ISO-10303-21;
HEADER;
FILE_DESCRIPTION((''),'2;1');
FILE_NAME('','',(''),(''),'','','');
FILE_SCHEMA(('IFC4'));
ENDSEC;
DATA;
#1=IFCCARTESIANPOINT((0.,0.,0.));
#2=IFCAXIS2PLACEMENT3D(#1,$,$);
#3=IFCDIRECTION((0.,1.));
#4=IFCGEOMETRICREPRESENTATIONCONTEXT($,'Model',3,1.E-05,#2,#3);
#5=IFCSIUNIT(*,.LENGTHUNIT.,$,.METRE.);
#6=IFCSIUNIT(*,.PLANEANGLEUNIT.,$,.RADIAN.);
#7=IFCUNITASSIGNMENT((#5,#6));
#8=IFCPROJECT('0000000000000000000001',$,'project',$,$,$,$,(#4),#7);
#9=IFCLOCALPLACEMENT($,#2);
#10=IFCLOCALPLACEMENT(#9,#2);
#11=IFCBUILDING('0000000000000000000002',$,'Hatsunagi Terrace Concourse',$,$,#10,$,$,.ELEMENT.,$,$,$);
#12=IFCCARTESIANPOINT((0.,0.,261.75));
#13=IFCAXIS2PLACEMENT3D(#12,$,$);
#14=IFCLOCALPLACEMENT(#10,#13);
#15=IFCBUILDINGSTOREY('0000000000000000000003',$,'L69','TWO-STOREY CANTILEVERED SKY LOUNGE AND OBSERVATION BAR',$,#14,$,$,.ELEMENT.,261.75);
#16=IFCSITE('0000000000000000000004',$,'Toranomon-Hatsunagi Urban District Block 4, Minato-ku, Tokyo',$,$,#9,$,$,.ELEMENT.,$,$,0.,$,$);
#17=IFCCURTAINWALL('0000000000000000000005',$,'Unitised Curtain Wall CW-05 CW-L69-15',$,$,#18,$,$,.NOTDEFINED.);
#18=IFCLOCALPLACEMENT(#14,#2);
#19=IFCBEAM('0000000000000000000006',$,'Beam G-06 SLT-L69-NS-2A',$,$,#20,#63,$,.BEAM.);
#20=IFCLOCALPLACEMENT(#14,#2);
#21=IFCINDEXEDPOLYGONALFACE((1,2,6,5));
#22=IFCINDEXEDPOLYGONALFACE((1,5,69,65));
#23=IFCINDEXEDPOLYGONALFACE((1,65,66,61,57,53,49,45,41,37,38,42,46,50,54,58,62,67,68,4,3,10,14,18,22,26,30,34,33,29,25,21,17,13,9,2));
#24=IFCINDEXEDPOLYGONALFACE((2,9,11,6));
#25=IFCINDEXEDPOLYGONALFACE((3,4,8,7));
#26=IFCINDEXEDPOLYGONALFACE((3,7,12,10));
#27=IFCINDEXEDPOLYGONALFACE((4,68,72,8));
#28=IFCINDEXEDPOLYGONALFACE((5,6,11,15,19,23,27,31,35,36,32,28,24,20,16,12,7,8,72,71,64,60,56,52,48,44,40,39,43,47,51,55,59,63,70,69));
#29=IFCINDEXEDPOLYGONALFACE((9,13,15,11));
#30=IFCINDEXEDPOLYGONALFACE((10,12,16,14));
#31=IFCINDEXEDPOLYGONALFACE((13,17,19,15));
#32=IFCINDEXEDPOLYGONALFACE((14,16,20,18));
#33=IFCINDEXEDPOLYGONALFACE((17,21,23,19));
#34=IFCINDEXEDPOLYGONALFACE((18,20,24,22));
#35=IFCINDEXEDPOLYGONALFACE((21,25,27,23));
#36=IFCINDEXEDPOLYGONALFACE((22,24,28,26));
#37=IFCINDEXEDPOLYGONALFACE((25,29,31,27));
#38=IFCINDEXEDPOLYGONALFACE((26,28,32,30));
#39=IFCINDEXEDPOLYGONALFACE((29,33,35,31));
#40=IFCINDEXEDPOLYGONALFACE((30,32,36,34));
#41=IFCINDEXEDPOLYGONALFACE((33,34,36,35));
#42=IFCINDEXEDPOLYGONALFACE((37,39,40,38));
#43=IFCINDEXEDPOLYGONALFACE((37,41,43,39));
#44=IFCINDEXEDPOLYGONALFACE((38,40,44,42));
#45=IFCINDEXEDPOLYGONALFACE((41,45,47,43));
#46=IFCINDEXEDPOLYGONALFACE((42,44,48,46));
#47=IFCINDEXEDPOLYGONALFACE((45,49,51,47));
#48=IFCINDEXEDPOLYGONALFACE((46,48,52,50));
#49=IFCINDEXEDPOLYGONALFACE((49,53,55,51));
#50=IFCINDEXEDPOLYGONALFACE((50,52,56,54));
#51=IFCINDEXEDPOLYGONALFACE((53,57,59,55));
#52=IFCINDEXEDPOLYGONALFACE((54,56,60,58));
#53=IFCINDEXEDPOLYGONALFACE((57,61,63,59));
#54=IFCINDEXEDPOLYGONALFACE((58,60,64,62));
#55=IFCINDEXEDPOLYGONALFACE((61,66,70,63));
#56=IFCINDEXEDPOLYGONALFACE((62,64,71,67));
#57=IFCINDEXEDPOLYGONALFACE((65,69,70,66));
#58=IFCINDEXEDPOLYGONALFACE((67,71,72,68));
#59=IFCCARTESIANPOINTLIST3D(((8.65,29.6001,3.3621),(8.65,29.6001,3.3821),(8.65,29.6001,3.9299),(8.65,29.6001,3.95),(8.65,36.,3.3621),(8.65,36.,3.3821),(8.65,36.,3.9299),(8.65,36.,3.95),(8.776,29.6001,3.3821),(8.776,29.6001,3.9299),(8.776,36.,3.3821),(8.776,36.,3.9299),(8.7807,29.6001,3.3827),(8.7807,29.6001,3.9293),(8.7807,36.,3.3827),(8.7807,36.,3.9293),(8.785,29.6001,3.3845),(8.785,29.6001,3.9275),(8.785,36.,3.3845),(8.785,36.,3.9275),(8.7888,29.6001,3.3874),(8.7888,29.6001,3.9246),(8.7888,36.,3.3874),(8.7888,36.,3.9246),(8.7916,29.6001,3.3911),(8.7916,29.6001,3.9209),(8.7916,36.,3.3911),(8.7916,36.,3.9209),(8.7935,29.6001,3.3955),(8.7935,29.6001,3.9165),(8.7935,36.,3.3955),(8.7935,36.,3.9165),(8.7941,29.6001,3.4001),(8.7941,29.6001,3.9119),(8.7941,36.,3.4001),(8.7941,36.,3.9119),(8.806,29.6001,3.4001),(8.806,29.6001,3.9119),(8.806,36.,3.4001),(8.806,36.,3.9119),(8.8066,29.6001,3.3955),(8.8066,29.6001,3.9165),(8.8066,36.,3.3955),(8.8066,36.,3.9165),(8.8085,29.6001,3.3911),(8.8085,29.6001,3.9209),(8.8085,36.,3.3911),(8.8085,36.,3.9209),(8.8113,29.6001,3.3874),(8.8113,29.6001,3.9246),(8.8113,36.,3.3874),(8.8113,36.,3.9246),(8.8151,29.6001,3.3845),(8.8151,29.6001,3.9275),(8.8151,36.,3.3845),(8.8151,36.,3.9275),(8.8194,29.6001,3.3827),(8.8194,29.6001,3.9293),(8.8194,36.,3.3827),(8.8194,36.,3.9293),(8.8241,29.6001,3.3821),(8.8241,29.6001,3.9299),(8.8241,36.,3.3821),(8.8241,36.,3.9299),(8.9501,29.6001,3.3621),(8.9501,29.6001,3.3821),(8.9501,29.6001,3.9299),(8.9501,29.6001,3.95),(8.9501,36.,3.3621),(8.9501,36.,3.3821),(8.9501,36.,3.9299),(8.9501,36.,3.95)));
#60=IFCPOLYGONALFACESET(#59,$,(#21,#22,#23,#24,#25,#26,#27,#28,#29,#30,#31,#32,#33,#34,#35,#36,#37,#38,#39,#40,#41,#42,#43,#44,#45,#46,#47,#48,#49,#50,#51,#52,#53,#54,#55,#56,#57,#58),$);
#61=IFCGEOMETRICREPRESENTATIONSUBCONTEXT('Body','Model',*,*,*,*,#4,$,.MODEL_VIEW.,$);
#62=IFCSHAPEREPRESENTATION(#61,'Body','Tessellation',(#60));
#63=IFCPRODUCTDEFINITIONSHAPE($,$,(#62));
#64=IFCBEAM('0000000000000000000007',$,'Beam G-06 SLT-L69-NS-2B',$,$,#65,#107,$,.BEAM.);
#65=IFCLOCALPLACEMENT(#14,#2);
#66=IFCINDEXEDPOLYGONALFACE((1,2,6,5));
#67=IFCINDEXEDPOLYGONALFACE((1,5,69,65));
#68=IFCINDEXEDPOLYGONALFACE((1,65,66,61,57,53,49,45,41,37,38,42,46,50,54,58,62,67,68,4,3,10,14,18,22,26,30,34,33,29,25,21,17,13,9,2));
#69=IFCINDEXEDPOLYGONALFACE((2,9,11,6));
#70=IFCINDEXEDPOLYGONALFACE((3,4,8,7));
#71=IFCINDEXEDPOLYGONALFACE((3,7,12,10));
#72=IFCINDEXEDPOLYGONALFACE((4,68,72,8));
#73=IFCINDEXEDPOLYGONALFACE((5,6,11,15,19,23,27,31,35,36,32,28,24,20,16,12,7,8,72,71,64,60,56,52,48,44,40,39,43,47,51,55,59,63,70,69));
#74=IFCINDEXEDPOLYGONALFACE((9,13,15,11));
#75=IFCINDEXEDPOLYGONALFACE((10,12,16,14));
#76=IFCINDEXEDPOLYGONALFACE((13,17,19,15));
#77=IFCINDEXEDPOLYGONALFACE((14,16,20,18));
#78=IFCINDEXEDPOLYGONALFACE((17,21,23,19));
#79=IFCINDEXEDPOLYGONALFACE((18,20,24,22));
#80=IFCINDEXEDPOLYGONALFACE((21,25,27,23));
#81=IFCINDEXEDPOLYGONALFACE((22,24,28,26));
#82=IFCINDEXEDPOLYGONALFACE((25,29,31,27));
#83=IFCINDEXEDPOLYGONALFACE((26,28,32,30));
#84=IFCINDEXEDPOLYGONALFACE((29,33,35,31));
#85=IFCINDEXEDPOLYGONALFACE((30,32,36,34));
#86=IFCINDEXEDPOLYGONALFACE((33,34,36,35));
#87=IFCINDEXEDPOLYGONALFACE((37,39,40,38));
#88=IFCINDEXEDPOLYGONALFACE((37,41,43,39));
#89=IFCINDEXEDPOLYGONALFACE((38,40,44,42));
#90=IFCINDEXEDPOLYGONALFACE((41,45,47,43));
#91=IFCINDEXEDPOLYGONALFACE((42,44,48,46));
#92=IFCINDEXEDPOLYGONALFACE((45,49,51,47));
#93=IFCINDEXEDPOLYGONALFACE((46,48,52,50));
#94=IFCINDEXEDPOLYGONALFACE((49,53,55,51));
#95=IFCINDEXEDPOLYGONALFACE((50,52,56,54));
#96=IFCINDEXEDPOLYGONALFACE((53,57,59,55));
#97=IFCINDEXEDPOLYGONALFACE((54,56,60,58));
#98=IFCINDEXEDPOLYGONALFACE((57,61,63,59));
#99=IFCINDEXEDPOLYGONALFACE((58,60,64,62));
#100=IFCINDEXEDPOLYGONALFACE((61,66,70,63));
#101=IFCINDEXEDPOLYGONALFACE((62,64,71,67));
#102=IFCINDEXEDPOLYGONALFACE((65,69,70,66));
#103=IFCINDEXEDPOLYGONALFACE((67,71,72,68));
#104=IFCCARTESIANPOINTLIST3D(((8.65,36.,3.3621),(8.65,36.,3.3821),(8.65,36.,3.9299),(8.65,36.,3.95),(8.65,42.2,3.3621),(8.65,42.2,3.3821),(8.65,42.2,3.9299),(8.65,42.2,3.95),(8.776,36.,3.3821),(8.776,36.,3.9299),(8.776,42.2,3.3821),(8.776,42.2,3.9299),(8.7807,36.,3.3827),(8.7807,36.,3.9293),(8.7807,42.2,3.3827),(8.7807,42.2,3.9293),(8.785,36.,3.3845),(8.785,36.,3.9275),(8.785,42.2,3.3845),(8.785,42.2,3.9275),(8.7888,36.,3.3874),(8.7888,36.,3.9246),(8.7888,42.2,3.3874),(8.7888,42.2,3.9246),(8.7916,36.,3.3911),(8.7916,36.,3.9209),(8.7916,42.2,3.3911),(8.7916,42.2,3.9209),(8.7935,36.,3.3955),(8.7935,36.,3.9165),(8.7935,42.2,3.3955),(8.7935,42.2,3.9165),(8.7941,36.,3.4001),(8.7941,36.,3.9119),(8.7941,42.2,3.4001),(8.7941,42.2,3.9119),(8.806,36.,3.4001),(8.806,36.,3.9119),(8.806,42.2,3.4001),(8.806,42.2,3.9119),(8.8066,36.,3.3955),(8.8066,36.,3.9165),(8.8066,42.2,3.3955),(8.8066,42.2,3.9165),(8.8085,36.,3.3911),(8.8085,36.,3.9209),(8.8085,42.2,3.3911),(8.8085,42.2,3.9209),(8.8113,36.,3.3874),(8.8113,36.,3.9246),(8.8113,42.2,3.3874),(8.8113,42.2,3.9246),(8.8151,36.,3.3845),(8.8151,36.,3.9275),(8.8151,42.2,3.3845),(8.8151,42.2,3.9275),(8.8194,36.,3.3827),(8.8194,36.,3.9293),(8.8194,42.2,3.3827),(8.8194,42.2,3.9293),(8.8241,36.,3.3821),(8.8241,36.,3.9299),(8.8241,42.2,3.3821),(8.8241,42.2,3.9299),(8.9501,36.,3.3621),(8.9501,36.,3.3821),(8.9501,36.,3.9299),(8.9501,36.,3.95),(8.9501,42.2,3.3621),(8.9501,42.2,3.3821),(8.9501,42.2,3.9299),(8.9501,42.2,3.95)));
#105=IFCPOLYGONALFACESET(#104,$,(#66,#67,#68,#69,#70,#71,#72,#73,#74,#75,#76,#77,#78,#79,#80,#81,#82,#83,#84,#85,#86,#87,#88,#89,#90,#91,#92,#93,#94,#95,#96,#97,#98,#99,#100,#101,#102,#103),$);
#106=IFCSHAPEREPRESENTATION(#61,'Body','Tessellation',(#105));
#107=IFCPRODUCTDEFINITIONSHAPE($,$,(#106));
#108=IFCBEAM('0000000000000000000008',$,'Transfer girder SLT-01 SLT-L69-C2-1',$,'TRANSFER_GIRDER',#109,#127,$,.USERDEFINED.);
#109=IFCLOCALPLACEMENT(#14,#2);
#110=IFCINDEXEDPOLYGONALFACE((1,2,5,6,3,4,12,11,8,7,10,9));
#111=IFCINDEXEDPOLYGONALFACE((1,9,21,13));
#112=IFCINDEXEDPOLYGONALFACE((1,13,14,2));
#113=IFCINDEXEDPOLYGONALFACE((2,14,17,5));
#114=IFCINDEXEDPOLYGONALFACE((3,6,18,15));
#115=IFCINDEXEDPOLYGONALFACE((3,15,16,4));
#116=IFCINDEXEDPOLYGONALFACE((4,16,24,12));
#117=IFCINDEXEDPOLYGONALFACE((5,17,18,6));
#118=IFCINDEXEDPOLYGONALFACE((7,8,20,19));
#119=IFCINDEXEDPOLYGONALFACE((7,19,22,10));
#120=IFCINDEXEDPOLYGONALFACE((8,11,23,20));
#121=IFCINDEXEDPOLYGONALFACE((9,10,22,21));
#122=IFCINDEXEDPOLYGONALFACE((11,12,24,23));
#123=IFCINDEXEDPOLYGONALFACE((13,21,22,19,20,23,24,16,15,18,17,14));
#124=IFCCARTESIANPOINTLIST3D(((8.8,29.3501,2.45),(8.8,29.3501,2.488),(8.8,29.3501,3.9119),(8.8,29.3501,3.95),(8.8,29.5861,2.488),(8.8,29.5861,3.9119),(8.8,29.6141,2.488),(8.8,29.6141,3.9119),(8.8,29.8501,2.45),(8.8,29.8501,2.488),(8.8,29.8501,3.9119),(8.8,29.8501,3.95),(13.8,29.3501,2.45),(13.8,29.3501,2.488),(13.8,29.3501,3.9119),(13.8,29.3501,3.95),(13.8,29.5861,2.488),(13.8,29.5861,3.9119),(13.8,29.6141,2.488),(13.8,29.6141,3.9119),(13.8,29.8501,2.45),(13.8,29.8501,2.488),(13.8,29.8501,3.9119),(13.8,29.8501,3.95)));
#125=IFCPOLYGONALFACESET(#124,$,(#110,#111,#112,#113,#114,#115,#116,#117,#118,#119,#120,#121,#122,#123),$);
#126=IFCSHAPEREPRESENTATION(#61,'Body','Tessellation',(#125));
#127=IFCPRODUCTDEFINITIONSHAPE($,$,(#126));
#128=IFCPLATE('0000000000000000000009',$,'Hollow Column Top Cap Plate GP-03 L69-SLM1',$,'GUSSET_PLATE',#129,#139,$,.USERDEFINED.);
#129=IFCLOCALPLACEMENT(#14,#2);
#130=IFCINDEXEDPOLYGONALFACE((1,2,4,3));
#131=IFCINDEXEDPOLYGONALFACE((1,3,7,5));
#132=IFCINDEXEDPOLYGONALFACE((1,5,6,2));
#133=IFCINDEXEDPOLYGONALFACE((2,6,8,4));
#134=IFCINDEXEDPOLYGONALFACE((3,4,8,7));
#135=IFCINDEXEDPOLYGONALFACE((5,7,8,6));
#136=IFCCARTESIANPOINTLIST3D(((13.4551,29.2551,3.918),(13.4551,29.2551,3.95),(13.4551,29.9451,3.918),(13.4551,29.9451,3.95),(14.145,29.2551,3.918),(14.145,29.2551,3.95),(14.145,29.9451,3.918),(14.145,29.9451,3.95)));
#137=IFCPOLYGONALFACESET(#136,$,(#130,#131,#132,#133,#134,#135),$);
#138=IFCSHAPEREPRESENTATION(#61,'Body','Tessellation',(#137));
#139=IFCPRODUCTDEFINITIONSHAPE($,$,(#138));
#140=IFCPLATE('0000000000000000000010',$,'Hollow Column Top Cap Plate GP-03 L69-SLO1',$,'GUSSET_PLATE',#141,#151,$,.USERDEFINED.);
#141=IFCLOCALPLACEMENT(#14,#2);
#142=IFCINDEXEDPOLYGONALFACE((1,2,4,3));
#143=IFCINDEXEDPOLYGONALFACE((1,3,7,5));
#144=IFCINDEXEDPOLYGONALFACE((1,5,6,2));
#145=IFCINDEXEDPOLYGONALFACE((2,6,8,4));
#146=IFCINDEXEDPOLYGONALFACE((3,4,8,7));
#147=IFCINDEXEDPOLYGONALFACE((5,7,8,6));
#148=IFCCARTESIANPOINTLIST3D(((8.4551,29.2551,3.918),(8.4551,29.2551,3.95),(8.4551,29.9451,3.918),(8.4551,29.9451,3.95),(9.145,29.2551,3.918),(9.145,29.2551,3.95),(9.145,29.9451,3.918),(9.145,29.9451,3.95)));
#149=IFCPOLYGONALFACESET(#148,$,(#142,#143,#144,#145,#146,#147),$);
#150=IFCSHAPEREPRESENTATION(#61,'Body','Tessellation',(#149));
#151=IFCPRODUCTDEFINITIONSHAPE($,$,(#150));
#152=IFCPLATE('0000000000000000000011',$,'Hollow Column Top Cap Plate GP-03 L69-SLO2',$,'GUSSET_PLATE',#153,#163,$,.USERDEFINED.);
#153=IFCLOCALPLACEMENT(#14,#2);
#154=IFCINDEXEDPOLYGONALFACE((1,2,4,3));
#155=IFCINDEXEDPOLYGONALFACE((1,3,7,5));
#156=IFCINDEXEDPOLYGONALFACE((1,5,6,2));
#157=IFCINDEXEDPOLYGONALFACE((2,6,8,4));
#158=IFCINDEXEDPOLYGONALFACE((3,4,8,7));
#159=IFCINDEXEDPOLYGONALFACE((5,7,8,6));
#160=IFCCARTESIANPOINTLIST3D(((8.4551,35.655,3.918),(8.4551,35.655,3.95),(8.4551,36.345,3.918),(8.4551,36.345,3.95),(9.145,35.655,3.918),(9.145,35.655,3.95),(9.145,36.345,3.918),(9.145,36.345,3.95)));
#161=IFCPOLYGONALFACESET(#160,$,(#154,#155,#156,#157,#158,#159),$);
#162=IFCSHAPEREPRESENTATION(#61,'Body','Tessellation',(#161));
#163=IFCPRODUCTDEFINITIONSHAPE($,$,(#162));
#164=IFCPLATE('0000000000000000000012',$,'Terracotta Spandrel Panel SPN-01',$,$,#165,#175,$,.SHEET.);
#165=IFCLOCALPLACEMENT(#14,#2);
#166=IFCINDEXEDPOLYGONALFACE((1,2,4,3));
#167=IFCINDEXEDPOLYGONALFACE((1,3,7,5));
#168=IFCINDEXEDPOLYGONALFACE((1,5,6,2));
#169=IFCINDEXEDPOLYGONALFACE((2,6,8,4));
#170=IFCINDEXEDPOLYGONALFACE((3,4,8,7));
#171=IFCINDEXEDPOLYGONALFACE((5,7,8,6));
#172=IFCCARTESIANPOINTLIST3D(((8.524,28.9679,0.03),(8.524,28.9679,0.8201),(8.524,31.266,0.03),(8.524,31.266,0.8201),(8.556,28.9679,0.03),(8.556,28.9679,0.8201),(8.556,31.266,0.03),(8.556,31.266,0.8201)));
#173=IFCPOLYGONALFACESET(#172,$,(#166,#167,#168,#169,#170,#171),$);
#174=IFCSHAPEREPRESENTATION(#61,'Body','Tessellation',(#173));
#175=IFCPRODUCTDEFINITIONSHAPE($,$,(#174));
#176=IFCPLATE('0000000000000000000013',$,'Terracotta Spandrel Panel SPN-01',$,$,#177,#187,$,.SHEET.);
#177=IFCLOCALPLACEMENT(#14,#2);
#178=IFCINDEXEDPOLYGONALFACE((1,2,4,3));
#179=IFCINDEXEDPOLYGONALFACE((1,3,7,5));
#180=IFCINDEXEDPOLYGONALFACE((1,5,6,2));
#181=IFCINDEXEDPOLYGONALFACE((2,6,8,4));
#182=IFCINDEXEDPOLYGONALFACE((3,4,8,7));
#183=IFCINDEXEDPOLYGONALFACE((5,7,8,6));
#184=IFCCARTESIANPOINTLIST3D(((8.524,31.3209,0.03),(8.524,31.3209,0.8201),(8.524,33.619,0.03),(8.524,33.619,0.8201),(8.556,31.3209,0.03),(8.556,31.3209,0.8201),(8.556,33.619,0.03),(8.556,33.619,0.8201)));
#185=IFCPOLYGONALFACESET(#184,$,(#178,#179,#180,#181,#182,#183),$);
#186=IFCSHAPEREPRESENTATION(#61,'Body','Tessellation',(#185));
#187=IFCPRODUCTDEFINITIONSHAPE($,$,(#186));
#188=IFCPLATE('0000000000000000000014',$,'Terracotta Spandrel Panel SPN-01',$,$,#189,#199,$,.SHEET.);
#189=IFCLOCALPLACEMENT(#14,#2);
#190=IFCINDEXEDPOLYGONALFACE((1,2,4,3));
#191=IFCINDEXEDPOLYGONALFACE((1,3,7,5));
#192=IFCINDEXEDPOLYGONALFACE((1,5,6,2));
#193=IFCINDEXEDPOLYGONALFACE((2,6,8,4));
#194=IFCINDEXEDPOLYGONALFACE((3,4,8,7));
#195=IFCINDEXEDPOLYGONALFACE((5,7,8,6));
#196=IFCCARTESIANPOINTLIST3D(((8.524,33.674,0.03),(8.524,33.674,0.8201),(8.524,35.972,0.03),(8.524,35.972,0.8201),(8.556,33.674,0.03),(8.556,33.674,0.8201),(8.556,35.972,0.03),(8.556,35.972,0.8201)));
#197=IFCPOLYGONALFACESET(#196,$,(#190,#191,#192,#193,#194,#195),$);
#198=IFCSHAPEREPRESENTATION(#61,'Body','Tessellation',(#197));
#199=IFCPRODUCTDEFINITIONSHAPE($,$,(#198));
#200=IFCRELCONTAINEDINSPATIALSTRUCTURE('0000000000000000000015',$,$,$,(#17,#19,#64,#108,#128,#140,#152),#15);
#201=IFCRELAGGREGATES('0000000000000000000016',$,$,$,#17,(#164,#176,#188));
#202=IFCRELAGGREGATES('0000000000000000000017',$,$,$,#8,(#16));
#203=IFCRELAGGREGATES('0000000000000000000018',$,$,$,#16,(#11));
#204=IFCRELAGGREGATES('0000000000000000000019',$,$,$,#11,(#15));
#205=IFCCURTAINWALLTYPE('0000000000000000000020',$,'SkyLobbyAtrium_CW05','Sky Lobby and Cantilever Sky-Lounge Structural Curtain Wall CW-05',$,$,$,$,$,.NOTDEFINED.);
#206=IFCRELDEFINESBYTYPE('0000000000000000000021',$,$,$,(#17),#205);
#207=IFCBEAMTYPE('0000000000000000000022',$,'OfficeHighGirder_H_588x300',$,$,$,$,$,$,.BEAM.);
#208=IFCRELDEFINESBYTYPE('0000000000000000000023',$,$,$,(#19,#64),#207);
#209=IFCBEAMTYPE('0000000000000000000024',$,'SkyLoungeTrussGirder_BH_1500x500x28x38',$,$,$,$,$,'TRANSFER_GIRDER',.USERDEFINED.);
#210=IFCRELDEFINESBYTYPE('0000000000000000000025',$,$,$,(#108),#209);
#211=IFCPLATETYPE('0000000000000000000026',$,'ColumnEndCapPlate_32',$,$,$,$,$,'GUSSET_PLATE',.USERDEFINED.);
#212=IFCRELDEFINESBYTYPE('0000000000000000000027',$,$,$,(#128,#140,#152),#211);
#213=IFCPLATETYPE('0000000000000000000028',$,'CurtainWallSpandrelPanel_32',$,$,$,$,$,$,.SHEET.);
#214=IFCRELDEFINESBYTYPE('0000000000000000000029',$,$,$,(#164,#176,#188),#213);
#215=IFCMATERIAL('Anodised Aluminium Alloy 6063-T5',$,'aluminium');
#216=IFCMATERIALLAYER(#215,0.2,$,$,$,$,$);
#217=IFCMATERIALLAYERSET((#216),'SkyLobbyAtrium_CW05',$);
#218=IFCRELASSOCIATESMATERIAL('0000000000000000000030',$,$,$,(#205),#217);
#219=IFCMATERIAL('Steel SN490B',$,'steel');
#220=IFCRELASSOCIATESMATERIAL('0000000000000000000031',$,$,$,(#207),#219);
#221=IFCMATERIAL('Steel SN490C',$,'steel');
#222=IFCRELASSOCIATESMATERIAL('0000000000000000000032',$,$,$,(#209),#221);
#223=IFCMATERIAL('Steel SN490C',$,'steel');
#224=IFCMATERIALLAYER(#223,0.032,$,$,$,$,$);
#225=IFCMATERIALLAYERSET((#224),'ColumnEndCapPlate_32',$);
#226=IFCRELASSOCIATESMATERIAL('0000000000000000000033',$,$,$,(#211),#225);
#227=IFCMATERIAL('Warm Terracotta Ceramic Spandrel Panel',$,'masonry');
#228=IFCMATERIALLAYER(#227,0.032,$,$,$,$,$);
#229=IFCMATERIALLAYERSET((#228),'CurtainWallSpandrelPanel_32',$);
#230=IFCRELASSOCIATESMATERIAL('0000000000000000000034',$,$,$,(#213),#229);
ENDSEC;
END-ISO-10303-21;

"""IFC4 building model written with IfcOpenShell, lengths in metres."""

from ifc_helpers import new_model, si_unit, direction, frame, origin, origin_2d, place, context, subcontext, project, spatial, rectangle, i_section, extrude, material, layer, layer_set, material_profile, profile_set, type_object, element, aggregate, save


model = new_model("IFC4")

# Units and contexts
model_context = context("Model", 3, precision=1e-05, world=origin(), true_north=direction((0.0, 1.0)))
body_context = subcontext(model_context, "Body", "Model", "MODEL_VIEW")
ifc_project = project(units=[si_unit("LENGTHUNIT", "METRE"), si_unit("PLANEANGLEUNIT", "RADIAN")], contexts=[model_context])

# Site, building, storey
site_placement = place(None, origin())
site = spatial("IfcSite", under=ifc_project, at=site_placement, Name="Toranomon-Hatsunagi Urban District Block 4, Minato-ku, Tokyo", CompositionType="ELEMENT", RefElevation=0.0)
building_placement = place(site_placement, origin())
building = spatial("IfcBuilding", under=site, at=building_placement, Name="Hatsunagi Terrace Concourse", CompositionType="ELEMENT")
storey_placement = place(building_placement, frame((0.0, 0.0, 261.75)))
storey = spatial("IfcBuildingStorey", under=building, at=storey_placement, Name="L69", Description="TWO-STOREY CANTILEVERED SKY LOUNGE AND OBSERVATION BAR", CompositionType="ELEMENT", Elevation=261.75)

# Shared definitions
ifc_material_1 = material(Name="Anodised Aluminium Alloy 6063-T5", Category="aluminium")
ifc_layer_1 = layer(ifc_material_1, 0.2)
ifc_layer_set_1 = layer_set([ifc_layer_1], Name="SkyLobbyAtrium_CW05")
curtain_wall_type = type_object("IfcCurtainWallType", Name="SkyLobbyAtrium_CW05", Description="Sky Lobby and Cantilever Sky-Lounge Structural Curtain Wall CW-05", PredefinedType="NOTDEFINED", material=ifc_layer_set_1)

# Curtain wall
curtain_wall_1_placement = place(storey_placement, origin())
curtain_wall_1 = element("IfcCurtainWall", 1, at=curtain_wall_1_placement, inside=storey, type_object=curtain_wall_type, Name="Unitised Curtain Wall CW-05 CW-L69-15", PredefinedType="NOTDEFINED")

# Beams
ifc_material_2 = material(Name="Steel SN490B", Category="steel")
ifc_material_profile_1 = material_profile(ifc_material_2, i_section(OverallWidth=0.3, OverallDepth=0.5879, WebThickness=0.012, FlangeThickness=0.02, FilletRadius=0.0181, at=origin_2d()), Name="H-588x300x12x20")
ifc_profile_set_1 = profile_set([ifc_material_profile_1], Name="Steel SN490B")
beam_type_1 = type_object("IfcBeamType", Name="OfficeHighGirder_H_588x300", PredefinedType="BEAM", material=ifc_profile_set_1)
beam_1_placement = place(storey_placement, frame((8.8, 29.6001, 3.656), z_axis=(0.0, 1.0, 0.0), x_axis=(-1.0, 0.0, 0.0)))
element("IfcBeam", 2, at=beam_1_placement, inside=storey, type_object=beam_type_1, Name="Beam G-06 SLT-L69-NS-2A", PredefinedType="BEAM", context=body_context, shape_type="SweptSolid", body=[
    extrude(i_section(OverallWidth=0.3, OverallDepth=0.5879, WebThickness=0.012, FlangeThickness=0.02, FilletRadius=0.0181, at=origin_2d()), origin(), (0.0, 0.0, 1.0), 6.3999),
])
beam_2_placement = place(storey_placement, frame((8.8, 36.0, 3.656), z_axis=(0.0, 1.0, 0.0), x_axis=(-1.0, 0.0, 0.0)))
element("IfcBeam", 3, at=beam_2_placement, inside=storey, type_object=beam_type_1, Name="Beam G-06 SLT-L69-NS-2B", PredefinedType="BEAM", context=body_context, shape_type="SweptSolid", body=[
    extrude(i_section(OverallWidth=0.3, OverallDepth=0.5879, WebThickness=0.012, FlangeThickness=0.02, FilletRadius=0.0181, at=origin_2d()), origin(), (0.0, 0.0, 1.0), 6.2),
])
ifc_material_3 = material(Name="Steel SN490C", Category="steel")
ifc_material_profile_2 = material_profile(ifc_material_3, i_section(OverallWidth=0.5, OverallDepth=1.5, WebThickness=0.0281, FlangeThickness=0.0381, at=origin_2d()), Name="BH-1500x500x28x38")
ifc_profile_set_2 = profile_set([ifc_material_profile_2], Name="Steel SN490C")
beam_type_2 = type_object("IfcBeamType", Name="SkyLoungeTrussGirder_BH_1500x500x28x38", ElementType="TRANSFER_GIRDER", PredefinedType="USERDEFINED", material=ifc_profile_set_2)
beam_3_placement = place(storey_placement, frame((13.8, 29.6001, 3.2), z_axis=(-1.0, 0.0, 0.0), x_axis=(0.0, -1.0, 0.0)))
element("IfcBeam", 4, at=beam_3_placement, inside=storey, type_object=beam_type_2, Name="Transfer girder SLT-01 SLT-L69-C2-1", ObjectType="TRANSFER_GIRDER", PredefinedType="USERDEFINED", context=body_context, shape_type="SweptSolid", body=[
    extrude(i_section(OverallWidth=0.5, OverallDepth=1.5, WebThickness=0.0281, FlangeThickness=0.0381, at=origin_2d()), origin(), (0.0, 0.0, 1.0), 5.0),
])

# Plates
ifc_material_4 = material(Name="Steel SN490C", Category="steel")
ifc_layer_2 = layer(ifc_material_4, 0.032)
ifc_layer_set_2 = layer_set([ifc_layer_2], Name="ColumnEndCapPlate_32")
plate_type_1 = type_object("IfcPlateType", Name="ColumnEndCapPlate_32", ElementType="GUSSET_PLATE", PredefinedType="USERDEFINED", material=ifc_layer_set_2)
for number, where, z_axis, x_axis, name in (
    (5, (13.8, 29.6001, 3.918), (0.0, 0.0, 1.0), (1.0, 0.0, 0.0), "Hollow Column Top Cap Plate GP-03 L69-SLM1"),
    (6, (8.8, 29.6001, 3.918), (0.0, 0.0, 1.0), (1.0, 0.0, 0.0), "Hollow Column Top Cap Plate GP-03 L69-SLO1"),
    (7, (8.8, 36.0, 3.918), (0.0, 0.0, 1.0), (1.0, 0.0, 0.0), "Hollow Column Top Cap Plate GP-03 L69-SLO2"),
):
    element("IfcPlate", number, at=place(storey_placement, frame(where, z_axis=z_axis, x_axis=x_axis)), inside=storey, type_object=plate_type_1, Name=name, ObjectType="GUSSET_PLATE", PredefinedType="USERDEFINED", context=body_context, shape_type="SweptSolid", body=[
        extrude(rectangle(XDim=0.6899, YDim=0.6899, at=origin_2d()), origin(), (0.0, 0.0, 1.0), 0.032),
    ])

# Plates
ifc_material_5 = material(Name="Warm Terracotta Ceramic Spandrel Panel", Category="masonry")
ifc_layer_3 = layer(ifc_material_5, 0.032)
ifc_layer_set_3 = layer_set([ifc_layer_3], Name="CurtainWallSpandrelPanel_32")
plate_type_2 = type_object("IfcPlateType", Name="CurtainWallSpandrelPanel_32", PredefinedType="SHEET", material=ifc_layer_set_3)
plate_1_placement = place(storey_placement, frame((8.54, 30.1169, 0.03), z_axis=(0.0, 0.0, 1.0), x_axis=(0.0, 1.0, 0.0)))
plate_1 = element("IfcPlate", 8, at=plate_1_placement, type_object=plate_type_2, Name="Terracotta Spandrel Panel SPN-01", PredefinedType="SHEET", context=body_context, shape_type="SweptSolid", body=[
    extrude(rectangle(XDim=2.2981, YDim=0.032, at=origin_2d()), origin(), (0.0, 0.0, 1.0), 0.79),
])
plate_2_placement = place(storey_placement, frame((8.54, 32.47, 0.03), z_axis=(0.0, 0.0, 1.0), x_axis=(0.0, 1.0, 0.0)))
plate_2 = element("IfcPlate", 9, at=plate_2_placement, type_object=plate_type_2, Name="Terracotta Spandrel Panel SPN-01", PredefinedType="SHEET", context=body_context, shape_type="SweptSolid", body=[
    extrude(rectangle(XDim=2.2981, YDim=0.032, at=origin_2d()), origin(), (0.0, 0.0, 1.0), 0.79),
])
plate_3_placement = place(storey_placement, frame((8.54, 34.823, 0.03), z_axis=(0.0, 0.0, 1.0), x_axis=(0.0, 1.0, 0.0)))
plate_3 = element("IfcPlate", 10, at=plate_3_placement, type_object=plate_type_2, Name="Terracotta Spandrel Panel SPN-01", PredefinedType="SHEET", context=body_context, shape_type="SweptSolid", body=[
    extrude(rectangle(XDim=2.2981, YDim=0.032, at=origin_2d()), origin(), (0.0, 0.0, 1.0), 0.79),
])
aggregate(curtain_wall_1, [plate_1, plate_2, plate_3])

save(model, "model.ifc")
